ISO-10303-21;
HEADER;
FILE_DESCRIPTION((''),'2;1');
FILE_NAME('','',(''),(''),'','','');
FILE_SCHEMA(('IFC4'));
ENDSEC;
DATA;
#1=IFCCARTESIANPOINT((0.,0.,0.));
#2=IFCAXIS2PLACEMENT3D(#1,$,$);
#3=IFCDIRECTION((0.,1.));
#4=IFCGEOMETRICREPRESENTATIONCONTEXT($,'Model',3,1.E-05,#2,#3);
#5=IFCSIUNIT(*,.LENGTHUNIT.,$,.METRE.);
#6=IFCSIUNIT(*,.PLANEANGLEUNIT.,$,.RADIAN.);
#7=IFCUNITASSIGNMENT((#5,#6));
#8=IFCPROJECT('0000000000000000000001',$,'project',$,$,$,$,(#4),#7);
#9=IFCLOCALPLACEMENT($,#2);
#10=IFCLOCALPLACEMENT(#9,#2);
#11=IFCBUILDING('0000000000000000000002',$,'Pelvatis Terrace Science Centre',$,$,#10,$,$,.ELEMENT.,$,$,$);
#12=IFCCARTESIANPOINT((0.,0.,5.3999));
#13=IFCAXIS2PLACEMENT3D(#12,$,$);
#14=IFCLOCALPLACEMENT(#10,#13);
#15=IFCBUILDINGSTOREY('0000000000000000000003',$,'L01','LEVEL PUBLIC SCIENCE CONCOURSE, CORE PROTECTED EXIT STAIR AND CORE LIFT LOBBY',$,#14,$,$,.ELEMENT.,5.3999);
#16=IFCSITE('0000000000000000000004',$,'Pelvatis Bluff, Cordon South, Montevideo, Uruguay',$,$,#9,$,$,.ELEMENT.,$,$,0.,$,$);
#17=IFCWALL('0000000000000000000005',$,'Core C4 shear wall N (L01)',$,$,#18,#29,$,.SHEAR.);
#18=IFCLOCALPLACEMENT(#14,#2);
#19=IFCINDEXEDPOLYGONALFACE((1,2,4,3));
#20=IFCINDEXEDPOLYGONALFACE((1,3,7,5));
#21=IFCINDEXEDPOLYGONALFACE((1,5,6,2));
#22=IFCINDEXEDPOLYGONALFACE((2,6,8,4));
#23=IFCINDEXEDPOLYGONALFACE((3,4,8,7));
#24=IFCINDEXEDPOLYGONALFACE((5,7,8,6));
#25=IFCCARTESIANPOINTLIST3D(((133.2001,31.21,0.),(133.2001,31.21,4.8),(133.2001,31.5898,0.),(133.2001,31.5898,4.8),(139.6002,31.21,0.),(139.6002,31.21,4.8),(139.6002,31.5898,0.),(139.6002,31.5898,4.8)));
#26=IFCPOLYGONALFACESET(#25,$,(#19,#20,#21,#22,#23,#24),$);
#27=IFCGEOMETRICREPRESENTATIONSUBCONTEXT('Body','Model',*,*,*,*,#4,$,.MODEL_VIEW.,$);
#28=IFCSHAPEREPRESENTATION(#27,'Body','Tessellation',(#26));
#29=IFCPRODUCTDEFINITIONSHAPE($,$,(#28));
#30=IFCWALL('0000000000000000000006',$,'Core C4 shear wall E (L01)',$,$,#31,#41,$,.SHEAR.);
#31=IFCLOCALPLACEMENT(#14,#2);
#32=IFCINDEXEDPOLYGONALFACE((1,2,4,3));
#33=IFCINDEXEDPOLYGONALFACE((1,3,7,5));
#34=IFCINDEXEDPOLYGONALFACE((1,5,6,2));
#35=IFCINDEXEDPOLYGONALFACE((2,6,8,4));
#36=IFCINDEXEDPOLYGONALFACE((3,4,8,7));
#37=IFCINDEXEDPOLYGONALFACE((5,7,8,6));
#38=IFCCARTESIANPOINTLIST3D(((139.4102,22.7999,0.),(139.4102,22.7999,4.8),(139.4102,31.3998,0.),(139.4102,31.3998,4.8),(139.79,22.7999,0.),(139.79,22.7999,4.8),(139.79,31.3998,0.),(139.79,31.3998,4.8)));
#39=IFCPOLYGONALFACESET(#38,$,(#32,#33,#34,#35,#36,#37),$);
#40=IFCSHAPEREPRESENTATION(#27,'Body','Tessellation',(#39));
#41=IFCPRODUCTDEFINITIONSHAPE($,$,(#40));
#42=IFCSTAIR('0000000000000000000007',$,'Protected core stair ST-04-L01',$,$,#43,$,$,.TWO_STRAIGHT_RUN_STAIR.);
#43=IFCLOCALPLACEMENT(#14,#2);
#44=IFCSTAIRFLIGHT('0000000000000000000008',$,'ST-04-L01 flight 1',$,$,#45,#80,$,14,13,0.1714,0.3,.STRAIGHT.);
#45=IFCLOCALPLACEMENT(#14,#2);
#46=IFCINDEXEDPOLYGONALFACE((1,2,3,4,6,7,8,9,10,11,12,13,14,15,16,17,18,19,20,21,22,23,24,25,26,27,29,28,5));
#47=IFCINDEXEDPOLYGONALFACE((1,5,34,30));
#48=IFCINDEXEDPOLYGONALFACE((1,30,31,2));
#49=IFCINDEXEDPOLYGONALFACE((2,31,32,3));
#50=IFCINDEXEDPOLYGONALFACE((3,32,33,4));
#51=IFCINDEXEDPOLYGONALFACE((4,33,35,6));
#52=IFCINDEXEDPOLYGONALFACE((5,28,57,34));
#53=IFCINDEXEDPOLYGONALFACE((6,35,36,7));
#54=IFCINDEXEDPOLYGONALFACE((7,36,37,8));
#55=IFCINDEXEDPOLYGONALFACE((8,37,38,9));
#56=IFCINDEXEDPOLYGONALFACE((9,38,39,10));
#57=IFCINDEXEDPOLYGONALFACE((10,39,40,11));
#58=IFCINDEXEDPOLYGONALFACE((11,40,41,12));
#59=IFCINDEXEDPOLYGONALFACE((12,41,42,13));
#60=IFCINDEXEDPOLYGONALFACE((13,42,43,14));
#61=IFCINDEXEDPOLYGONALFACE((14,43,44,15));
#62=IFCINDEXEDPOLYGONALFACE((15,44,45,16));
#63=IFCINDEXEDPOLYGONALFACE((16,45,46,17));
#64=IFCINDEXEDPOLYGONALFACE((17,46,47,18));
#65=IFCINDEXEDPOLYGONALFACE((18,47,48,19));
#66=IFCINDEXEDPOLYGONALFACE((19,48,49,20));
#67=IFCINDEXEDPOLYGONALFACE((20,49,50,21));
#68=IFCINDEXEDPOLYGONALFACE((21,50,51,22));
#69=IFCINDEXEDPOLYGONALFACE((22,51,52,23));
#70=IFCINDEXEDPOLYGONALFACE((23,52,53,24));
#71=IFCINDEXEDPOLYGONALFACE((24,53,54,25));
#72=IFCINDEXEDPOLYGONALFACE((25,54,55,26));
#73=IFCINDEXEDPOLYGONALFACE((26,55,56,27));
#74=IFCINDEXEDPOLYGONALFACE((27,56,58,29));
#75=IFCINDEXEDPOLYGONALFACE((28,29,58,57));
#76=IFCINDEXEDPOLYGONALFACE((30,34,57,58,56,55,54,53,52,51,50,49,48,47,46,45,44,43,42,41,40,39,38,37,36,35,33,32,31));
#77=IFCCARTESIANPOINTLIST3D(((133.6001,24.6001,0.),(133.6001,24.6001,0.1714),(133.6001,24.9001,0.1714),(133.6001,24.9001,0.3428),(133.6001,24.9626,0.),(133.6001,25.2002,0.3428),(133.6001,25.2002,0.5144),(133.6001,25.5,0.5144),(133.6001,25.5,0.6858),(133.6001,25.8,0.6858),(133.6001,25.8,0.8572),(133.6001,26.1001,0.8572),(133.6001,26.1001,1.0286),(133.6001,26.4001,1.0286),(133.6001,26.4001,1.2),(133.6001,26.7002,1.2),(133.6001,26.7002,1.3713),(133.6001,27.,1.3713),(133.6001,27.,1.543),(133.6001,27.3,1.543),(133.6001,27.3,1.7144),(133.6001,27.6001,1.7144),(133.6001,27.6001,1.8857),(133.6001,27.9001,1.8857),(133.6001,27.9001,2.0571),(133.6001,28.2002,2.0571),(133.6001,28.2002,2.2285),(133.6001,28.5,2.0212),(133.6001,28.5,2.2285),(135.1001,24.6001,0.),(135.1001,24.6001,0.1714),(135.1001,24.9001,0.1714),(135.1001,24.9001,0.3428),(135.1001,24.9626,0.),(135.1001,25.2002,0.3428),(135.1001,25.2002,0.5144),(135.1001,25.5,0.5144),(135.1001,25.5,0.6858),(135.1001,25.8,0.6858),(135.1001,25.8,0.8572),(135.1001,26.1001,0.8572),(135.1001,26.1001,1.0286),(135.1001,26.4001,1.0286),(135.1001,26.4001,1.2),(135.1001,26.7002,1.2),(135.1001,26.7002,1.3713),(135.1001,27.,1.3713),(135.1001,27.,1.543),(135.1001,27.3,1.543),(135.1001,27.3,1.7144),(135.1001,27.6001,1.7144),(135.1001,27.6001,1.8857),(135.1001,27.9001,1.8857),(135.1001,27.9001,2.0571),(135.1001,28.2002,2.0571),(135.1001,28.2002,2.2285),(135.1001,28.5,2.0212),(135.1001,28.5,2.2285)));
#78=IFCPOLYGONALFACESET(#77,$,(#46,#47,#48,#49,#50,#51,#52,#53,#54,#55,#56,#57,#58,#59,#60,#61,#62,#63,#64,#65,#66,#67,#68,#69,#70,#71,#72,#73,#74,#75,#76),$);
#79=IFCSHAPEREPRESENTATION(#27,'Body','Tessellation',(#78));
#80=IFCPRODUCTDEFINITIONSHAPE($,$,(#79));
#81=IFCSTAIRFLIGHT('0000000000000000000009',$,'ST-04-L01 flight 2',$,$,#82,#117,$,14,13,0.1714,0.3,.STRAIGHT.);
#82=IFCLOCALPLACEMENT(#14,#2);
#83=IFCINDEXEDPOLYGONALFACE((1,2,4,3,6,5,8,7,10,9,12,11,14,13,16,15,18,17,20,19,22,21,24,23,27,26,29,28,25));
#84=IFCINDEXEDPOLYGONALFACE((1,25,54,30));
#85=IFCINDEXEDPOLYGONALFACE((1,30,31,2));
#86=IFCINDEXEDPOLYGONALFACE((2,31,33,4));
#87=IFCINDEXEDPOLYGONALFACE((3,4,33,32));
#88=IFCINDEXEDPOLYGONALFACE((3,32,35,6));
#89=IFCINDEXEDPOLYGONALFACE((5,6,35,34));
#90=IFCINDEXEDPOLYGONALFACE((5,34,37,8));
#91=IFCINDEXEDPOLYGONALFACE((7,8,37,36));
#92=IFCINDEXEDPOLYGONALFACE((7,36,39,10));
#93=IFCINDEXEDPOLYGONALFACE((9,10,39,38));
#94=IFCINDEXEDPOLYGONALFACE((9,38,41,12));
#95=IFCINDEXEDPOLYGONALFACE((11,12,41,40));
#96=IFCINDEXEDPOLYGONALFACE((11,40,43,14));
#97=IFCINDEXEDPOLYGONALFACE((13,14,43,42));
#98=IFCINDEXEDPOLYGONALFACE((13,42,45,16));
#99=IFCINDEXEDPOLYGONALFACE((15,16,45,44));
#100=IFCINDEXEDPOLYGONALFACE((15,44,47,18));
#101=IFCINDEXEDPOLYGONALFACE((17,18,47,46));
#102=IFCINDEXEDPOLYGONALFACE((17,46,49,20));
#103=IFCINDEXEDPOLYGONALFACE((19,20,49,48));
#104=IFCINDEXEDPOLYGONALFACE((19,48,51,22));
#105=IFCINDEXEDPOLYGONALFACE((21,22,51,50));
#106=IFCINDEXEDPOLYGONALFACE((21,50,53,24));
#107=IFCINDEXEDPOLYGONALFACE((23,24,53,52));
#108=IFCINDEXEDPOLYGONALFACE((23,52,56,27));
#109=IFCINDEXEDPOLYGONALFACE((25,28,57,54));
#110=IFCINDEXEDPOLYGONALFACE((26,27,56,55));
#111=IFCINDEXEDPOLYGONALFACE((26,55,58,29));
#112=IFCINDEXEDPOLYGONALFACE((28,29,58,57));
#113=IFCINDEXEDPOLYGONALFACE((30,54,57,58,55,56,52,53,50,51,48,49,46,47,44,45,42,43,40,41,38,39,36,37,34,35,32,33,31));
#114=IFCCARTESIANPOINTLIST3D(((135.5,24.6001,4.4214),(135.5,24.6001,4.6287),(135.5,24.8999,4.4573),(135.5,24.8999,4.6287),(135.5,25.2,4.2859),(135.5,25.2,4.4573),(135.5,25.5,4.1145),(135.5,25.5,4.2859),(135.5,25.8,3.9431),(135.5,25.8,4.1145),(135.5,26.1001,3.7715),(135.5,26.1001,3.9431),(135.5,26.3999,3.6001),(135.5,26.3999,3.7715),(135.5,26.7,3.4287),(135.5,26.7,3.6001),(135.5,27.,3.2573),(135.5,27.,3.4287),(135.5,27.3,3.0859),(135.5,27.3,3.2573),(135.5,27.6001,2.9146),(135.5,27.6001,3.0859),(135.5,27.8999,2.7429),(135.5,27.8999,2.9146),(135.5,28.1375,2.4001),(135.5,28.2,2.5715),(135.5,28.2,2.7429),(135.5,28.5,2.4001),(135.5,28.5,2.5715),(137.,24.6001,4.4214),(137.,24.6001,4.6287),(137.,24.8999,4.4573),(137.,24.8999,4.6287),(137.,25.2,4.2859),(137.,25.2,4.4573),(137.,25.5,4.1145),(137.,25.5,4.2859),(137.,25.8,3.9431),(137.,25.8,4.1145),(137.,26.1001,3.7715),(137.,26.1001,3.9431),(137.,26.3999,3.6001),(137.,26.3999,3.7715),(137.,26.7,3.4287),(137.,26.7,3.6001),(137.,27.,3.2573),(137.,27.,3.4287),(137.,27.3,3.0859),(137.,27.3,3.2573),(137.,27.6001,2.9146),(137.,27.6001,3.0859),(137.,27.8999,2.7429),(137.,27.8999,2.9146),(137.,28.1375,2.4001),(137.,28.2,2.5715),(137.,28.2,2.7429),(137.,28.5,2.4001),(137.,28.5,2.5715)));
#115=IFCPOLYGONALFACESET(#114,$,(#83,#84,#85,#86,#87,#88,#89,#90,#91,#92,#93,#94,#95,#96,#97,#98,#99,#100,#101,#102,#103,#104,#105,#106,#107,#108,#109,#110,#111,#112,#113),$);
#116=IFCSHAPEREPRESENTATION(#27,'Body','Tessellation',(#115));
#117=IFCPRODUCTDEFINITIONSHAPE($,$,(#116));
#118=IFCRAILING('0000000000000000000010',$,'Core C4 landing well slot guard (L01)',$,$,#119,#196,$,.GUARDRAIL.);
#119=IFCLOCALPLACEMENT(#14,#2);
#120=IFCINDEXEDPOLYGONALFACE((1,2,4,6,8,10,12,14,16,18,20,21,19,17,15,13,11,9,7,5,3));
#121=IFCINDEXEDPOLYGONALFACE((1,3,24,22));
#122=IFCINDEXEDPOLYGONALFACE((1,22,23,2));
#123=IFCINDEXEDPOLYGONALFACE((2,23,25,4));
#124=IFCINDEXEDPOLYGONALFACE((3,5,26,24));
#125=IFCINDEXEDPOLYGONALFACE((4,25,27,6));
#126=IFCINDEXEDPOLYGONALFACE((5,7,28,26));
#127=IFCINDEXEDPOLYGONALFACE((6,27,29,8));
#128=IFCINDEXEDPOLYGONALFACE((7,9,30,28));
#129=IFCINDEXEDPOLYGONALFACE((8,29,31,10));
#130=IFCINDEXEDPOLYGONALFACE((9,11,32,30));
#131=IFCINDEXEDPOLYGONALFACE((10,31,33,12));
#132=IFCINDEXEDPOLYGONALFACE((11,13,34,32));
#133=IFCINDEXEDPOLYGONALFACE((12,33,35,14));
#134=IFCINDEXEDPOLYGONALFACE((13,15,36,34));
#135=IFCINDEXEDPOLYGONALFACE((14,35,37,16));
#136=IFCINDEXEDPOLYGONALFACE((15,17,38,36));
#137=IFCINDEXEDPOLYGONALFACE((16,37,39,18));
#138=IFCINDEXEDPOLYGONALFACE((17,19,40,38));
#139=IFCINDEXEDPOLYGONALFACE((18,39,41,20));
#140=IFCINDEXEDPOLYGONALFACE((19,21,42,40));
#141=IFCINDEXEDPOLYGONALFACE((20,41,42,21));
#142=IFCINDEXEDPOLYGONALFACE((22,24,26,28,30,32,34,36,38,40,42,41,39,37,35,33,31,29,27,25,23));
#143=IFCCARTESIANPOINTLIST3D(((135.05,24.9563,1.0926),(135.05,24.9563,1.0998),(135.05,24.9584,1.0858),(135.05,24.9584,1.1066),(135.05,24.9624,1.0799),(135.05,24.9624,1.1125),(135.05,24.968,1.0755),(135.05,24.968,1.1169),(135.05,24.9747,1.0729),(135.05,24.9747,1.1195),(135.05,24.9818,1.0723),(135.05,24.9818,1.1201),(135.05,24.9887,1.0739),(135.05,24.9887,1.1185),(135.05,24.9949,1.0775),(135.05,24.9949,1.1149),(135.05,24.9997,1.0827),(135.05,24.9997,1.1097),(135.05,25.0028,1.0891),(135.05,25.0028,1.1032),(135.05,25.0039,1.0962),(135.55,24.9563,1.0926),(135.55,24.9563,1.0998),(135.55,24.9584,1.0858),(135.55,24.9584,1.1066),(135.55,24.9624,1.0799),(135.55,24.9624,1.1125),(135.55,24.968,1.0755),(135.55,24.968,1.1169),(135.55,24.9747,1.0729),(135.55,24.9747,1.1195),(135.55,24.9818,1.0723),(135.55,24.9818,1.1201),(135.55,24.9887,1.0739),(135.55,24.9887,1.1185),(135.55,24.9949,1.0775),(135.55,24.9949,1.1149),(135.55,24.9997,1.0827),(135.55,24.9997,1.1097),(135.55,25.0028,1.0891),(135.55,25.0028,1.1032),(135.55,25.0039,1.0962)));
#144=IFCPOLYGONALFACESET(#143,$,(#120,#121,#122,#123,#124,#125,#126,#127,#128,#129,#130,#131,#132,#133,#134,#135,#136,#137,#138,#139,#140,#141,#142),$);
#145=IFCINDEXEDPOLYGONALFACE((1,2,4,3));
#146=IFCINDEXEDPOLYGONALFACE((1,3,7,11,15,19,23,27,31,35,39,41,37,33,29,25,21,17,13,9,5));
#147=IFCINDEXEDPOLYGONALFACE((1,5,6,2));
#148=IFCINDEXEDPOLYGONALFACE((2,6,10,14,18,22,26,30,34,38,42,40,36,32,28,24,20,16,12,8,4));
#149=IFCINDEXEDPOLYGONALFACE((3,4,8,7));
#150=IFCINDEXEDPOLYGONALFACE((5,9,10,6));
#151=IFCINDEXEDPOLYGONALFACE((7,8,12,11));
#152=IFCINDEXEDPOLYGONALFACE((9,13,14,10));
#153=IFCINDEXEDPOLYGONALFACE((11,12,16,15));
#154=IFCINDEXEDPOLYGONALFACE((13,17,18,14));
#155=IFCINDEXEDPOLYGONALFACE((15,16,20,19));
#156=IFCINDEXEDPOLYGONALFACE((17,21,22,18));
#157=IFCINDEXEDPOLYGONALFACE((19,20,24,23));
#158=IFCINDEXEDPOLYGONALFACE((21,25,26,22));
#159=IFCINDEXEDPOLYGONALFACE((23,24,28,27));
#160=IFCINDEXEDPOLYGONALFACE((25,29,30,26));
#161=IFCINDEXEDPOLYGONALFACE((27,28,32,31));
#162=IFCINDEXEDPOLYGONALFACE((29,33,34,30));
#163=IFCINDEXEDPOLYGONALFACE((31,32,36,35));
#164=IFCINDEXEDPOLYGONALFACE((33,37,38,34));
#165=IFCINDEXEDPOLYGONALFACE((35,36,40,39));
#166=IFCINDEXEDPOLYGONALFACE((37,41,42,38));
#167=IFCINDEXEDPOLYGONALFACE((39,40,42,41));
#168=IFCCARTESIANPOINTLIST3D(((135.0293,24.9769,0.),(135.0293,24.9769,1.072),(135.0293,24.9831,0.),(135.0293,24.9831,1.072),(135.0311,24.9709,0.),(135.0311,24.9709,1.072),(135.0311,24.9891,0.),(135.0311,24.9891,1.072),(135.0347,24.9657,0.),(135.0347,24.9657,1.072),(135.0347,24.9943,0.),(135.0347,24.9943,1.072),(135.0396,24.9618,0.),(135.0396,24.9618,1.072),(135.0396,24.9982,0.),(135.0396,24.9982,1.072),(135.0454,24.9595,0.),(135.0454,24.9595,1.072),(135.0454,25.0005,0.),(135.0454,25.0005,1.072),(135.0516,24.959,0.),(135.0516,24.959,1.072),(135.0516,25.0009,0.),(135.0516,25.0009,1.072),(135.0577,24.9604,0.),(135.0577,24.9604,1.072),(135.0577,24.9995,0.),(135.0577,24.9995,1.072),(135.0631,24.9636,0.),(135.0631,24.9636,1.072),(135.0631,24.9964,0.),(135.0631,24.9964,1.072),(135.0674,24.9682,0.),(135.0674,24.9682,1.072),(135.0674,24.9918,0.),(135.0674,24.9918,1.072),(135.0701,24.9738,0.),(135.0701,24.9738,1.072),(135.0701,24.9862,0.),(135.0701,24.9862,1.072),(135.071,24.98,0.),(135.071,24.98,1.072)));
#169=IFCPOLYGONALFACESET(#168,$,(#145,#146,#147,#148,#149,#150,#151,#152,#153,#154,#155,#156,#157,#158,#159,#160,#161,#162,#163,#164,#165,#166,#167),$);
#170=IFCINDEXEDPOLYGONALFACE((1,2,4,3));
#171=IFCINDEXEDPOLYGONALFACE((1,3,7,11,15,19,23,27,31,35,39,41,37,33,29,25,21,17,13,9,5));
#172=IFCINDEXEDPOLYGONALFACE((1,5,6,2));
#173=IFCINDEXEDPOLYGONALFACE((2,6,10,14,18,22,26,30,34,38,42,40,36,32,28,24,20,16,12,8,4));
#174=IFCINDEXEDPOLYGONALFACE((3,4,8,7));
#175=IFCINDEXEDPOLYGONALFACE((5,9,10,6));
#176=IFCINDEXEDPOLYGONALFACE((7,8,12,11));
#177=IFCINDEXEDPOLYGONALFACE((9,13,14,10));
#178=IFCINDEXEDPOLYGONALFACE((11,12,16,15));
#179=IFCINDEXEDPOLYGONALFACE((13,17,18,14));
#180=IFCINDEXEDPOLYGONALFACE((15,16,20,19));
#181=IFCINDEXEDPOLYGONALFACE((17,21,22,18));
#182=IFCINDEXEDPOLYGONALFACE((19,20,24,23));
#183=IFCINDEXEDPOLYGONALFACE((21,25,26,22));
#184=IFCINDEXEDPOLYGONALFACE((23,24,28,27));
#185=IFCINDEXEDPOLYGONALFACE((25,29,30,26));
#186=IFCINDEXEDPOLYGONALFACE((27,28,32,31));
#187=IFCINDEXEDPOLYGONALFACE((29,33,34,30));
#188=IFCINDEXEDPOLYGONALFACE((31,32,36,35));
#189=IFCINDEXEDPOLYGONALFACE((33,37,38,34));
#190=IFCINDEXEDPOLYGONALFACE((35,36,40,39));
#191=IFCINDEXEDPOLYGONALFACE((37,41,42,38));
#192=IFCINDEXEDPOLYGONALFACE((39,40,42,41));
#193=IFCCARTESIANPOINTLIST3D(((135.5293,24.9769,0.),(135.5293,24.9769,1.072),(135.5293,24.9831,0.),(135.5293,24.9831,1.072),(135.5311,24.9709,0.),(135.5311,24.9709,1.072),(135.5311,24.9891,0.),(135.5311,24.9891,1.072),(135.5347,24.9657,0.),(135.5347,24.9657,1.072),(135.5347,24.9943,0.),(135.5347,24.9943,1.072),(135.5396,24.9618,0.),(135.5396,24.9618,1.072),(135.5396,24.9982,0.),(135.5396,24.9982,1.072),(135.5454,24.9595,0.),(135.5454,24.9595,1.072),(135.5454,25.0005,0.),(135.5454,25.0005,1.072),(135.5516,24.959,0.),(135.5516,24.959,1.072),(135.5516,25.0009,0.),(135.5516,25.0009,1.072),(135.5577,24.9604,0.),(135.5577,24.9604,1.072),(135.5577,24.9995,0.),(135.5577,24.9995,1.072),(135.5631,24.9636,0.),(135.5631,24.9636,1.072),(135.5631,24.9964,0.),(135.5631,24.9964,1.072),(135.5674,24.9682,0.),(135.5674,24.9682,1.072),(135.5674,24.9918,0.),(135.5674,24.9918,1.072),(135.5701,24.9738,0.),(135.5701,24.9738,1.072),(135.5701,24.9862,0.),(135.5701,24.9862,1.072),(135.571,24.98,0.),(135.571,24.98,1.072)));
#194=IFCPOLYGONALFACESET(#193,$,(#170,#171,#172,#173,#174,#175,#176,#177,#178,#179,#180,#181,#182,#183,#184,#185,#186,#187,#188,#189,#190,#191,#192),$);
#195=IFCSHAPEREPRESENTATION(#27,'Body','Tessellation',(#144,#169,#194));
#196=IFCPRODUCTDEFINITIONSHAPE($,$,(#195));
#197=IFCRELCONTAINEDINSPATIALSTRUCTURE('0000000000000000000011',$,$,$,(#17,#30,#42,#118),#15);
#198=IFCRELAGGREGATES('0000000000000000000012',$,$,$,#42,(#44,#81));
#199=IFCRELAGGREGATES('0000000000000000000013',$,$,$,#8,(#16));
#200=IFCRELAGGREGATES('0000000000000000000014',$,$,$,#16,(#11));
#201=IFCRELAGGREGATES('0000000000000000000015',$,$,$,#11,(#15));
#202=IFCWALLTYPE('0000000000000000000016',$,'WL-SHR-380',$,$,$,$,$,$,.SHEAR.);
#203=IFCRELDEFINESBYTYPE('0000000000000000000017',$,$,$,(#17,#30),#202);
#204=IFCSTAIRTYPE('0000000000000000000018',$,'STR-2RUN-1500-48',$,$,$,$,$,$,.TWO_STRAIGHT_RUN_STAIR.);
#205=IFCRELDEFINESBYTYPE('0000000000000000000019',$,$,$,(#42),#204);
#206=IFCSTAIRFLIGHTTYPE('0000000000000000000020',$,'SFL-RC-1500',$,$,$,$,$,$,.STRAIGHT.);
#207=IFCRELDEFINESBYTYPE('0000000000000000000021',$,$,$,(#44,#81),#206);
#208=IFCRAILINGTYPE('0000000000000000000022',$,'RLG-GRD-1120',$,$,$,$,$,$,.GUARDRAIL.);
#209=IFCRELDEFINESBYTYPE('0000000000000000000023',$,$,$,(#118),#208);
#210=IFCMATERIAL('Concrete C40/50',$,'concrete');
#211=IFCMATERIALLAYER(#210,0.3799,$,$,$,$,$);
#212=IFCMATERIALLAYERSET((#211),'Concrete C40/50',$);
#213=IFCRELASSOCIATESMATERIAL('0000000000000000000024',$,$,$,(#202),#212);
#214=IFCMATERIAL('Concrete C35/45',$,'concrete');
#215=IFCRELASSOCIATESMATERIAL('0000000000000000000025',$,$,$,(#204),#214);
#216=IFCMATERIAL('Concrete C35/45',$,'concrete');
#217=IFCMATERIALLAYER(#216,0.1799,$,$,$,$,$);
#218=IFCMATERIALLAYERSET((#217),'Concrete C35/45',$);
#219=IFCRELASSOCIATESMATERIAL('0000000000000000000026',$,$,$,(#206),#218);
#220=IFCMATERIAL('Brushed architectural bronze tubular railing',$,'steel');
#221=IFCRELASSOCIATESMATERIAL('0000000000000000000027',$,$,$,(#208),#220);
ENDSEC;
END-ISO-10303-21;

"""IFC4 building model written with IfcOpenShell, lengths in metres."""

from ifc_helpers import new_model, si_unit, direction, frame, frame_2d, origin, origin_2d, place, context, subcontext, project, spatial, polyline, rectangle, circle, outline, extrude, material, layer, layer_set, type_object, element, aggregate, save


model = new_model("IFC4")

# Units and contexts
model_context = context("Model", 3, precision=1e-05, world=origin(), true_north=direction((0.0, 1.0)))
body_context = subcontext(model_context, "Body", "Model", "MODEL_VIEW")
ifc_project = project(units=[si_unit("LENGTHUNIT", "METRE"), si_unit("PLANEANGLEUNIT", "RADIAN")], contexts=[model_context])

# Site, building, storey
site_placement = place(None, origin())
site = spatial("IfcSite", under=ifc_project, at=site_placement, Name="Pelvatis Bluff, Cordon South, Montevideo, Uruguay", CompositionType="ELEMENT", RefElevation=0.0)
building_placement = place(site_placement, origin())
building = spatial("IfcBuilding", under=site, at=building_placement, Name="Pelvatis Terrace Science Centre", CompositionType="ELEMENT")
storey_placement = place(building_placement, frame((0.0, 0.0, 5.3999)))
storey = spatial("IfcBuildingStorey", under=building, at=storey_placement, Name="L01", Description="LEVEL PUBLIC SCIENCE CONCOURSE, CORE PROTECTED EXIT STAIR AND CORE LIFT LOBBY", CompositionType="ELEMENT", Elevation=5.3999)

# Walls
ifc_material_1 = material(Name="Concrete C40/50", Category="concrete")
ifc_layer_1 = layer(ifc_material_1, 0.3799)
ifc_layer_set_1 = layer_set([ifc_layer_1], Name="Concrete C40/50")
wall_type_1 = type_object("IfcWallType", Name="WL-SHR-380", PredefinedType="SHEAR", material=ifc_layer_set_1)
wall_1_placement = place(storey_placement, frame((133.2, 31.3999, 0.0), z_axis=(0.0, 0.0, 1.0), x_axis=(1.0, 0.0, 0.0)))
element("IfcWall", 1, at=wall_1_placement, inside=storey, type_object=wall_type_1, Name="Core C4 shear wall N (L01)", PredefinedType="SHEAR", context=body_context, shape_type="SweptSolid", body=[
    extrude(rectangle(XDim=6.4001, YDim=0.3799, at=frame_2d((3.2002, 0.0))), origin(), (0.0, 0.0, 1.0), 4.8),
])
wall_2_placement = place(storey_placement, frame((139.6001, 22.8, 0.0), z_axis=(0.0, 0.0, 1.0), x_axis=(0.0, 1.0, 0.0)))
element("IfcWall", 2, at=wall_2_placement, inside=storey, type_object=wall_type_1, Name="Core C4 shear wall E (L01)", PredefinedType="SHEAR", context=body_context, shape_type="SweptSolid", body=[
    extrude(rectangle(XDim=8.5999, YDim=0.3799, at=frame_2d((4.2998, 0.0))), origin(), (0.0, 0.0, 1.0), 4.8),
])

# Stair, stair flights
ifc_material_2 = material(Name="Concrete C35/45", Category="concrete")
stair_type = type_object("IfcStairType", Name="STR-2RUN-1500-48", PredefinedType="TWO_STRAIGHT_RUN_STAIR", material=ifc_material_2)
stair_placement = place(storey_placement, origin())
stair = element("IfcStair", 3, at=stair_placement, inside=storey, type_object=stair_type, Name="Protected core stair ST-04-L01", PredefinedType="TWO_STRAIGHT_RUN_STAIR")
ifc_material_3 = material(Name="Concrete C35/45", Category="concrete")
ifc_layer_2 = layer(ifc_material_3, 0.1799)
ifc_layer_set_2 = layer_set([ifc_layer_2], Name="Concrete C35/45")
stair_flight_type = type_object("IfcStairFlightType", Name="SFL-RC-1500", PredefinedType="STRAIGHT", material=ifc_layer_set_2)
stair_flight_1_placement = place(storey_placement, frame((134.3501, 24.6001, 0.0), z_axis=(0.0, 0.0, 1.0), x_axis=(0.0, 1.0, 0.0)))
stair_flight_1 = element("IfcStairFlight", 4, at=stair_flight_1_placement, type_object=stair_flight_type, Name="ST-04-L01 flight 1", NumberOfRisers=14, NumberOfTreads=13, PredefinedType="STRAIGHT", RiserHeight=0.1714, TreadLength=0.3, context=body_context, shape_type="SweptSolid", body=[
    extrude(outline(polyline([(0.0, 0.0), (0.0, 0.1714), (0.3, 0.1714), (0.3, 0.3428), (0.6001, 0.3428), (0.6001, 0.5144), (0.8999, 0.5144), (0.8999, 0.6858), (1.2, 0.6858), (1.2, 0.8572), (1.5, 0.8572), (1.5, 1.0286), (1.8, 1.0286), (1.8, 1.2), (2.1001, 1.2), (2.1001, 1.3713), (2.3999, 1.3713), (2.3999, 1.543), (2.7, 1.543), (2.7, 1.7144), (3.0, 1.7144), (3.0, 1.8857), (3.3, 1.8857), (3.3, 2.0571), (3.6001, 2.0571), (3.6001, 2.2285), (3.8999, 2.2285), (3.8999, 2.3999), (3.8999, 2.0212), (0.3625, 0.0), (0.0, 0.0)])), frame((0.0, 0.75, 0.0), z_axis=(0.0, -1.0, 0.0), x_axis=(1.0, 0.0, 0.0)), (0.0, 0.0, 1.0), 1.5),
])
stair_flight_2_placement = place(storey_placement, frame((136.25, 28.5, 2.4001), z_axis=(0.0, 0.0, 1.0), x_axis=(0.0, -1.0, 0.0)))
stair_flight_2 = element("IfcStairFlight", 5, at=stair_flight_2_placement, type_object=stair_flight_type, Name="ST-04-L01 flight 2", NumberOfRisers=14, NumberOfTreads=13, PredefinedType="STRAIGHT", RiserHeight=0.1714, TreadLength=0.3, context=body_context, shape_type="SweptSolid", body=[
    extrude(outline(polyline([(0.0, 0.0), (0.0, 0.1714), (0.3, 0.1714), (0.3, 0.3428), (0.6001, 0.3428), (0.6001, 0.5144), (0.8999, 0.5144), (0.8999, 0.6858), (1.2, 0.6858), (1.2, 0.8572), (1.5, 0.8572), (1.5, 1.0286), (1.8, 1.0286), (1.8, 1.2), (2.1001, 1.2), (2.1001, 1.3713), (2.3999, 1.3713), (2.3999, 1.543), (2.7, 1.543), (2.7, 1.7144), (3.0, 1.7144), (3.0, 1.8857), (3.3, 1.8857), (3.3, 2.0571), (3.6001, 2.0571), (3.6001, 2.2285), (3.8999, 2.2285), (3.8999, 2.3999), (3.8999, 2.0212), (0.3625, 0.0), (0.0, 0.0)])), frame((0.0, 0.75, 0.0), z_axis=(0.0, -1.0, 0.0), x_axis=(1.0, 0.0, 0.0)), (0.0, 0.0, 1.0), 1.5),
])
aggregate(stair, [stair_flight_1, stair_flight_2])

# Railing
ifc_material_4 = material(Name="Brushed architectural bronze tubular railing", Category="steel")
railing_type_1 = type_object("IfcRailingType", Name="RLG-GRD-1120", PredefinedType="GUARDRAIL", material=ifc_material_4)
railing_1_placement = place(storey_placement, frame((135.05, 24.98, 0.0)))
element("IfcRailing", 6, at=railing_1_placement, inside=storey, type_object=railing_type_1, Name="Core C4 landing well slot guard (L01)", PredefinedType="GUARDRAIL", context=body_context, shape_type="SweptSolid", body=[
    extrude(circle(Radius=0.0239, at=origin_2d()), frame((0.0, 0.0, 1.0962), z_axis=(1.0, 0.0, 0.0), x_axis=(0.0, 1.0, 0.0)), (0.0, 0.0, 1.0), 0.5),
    extrude(circle(Radius=0.021, at=origin_2d()), origin(), (0.0, 0.0, 1.0), 1.072),
    extrude(circle(Radius=0.021, at=origin_2d()), frame((0.5, 0.0, 0.0)), (0.0, 0.0, 1.0), 1.072),
])

save(model, "model.ifc")
